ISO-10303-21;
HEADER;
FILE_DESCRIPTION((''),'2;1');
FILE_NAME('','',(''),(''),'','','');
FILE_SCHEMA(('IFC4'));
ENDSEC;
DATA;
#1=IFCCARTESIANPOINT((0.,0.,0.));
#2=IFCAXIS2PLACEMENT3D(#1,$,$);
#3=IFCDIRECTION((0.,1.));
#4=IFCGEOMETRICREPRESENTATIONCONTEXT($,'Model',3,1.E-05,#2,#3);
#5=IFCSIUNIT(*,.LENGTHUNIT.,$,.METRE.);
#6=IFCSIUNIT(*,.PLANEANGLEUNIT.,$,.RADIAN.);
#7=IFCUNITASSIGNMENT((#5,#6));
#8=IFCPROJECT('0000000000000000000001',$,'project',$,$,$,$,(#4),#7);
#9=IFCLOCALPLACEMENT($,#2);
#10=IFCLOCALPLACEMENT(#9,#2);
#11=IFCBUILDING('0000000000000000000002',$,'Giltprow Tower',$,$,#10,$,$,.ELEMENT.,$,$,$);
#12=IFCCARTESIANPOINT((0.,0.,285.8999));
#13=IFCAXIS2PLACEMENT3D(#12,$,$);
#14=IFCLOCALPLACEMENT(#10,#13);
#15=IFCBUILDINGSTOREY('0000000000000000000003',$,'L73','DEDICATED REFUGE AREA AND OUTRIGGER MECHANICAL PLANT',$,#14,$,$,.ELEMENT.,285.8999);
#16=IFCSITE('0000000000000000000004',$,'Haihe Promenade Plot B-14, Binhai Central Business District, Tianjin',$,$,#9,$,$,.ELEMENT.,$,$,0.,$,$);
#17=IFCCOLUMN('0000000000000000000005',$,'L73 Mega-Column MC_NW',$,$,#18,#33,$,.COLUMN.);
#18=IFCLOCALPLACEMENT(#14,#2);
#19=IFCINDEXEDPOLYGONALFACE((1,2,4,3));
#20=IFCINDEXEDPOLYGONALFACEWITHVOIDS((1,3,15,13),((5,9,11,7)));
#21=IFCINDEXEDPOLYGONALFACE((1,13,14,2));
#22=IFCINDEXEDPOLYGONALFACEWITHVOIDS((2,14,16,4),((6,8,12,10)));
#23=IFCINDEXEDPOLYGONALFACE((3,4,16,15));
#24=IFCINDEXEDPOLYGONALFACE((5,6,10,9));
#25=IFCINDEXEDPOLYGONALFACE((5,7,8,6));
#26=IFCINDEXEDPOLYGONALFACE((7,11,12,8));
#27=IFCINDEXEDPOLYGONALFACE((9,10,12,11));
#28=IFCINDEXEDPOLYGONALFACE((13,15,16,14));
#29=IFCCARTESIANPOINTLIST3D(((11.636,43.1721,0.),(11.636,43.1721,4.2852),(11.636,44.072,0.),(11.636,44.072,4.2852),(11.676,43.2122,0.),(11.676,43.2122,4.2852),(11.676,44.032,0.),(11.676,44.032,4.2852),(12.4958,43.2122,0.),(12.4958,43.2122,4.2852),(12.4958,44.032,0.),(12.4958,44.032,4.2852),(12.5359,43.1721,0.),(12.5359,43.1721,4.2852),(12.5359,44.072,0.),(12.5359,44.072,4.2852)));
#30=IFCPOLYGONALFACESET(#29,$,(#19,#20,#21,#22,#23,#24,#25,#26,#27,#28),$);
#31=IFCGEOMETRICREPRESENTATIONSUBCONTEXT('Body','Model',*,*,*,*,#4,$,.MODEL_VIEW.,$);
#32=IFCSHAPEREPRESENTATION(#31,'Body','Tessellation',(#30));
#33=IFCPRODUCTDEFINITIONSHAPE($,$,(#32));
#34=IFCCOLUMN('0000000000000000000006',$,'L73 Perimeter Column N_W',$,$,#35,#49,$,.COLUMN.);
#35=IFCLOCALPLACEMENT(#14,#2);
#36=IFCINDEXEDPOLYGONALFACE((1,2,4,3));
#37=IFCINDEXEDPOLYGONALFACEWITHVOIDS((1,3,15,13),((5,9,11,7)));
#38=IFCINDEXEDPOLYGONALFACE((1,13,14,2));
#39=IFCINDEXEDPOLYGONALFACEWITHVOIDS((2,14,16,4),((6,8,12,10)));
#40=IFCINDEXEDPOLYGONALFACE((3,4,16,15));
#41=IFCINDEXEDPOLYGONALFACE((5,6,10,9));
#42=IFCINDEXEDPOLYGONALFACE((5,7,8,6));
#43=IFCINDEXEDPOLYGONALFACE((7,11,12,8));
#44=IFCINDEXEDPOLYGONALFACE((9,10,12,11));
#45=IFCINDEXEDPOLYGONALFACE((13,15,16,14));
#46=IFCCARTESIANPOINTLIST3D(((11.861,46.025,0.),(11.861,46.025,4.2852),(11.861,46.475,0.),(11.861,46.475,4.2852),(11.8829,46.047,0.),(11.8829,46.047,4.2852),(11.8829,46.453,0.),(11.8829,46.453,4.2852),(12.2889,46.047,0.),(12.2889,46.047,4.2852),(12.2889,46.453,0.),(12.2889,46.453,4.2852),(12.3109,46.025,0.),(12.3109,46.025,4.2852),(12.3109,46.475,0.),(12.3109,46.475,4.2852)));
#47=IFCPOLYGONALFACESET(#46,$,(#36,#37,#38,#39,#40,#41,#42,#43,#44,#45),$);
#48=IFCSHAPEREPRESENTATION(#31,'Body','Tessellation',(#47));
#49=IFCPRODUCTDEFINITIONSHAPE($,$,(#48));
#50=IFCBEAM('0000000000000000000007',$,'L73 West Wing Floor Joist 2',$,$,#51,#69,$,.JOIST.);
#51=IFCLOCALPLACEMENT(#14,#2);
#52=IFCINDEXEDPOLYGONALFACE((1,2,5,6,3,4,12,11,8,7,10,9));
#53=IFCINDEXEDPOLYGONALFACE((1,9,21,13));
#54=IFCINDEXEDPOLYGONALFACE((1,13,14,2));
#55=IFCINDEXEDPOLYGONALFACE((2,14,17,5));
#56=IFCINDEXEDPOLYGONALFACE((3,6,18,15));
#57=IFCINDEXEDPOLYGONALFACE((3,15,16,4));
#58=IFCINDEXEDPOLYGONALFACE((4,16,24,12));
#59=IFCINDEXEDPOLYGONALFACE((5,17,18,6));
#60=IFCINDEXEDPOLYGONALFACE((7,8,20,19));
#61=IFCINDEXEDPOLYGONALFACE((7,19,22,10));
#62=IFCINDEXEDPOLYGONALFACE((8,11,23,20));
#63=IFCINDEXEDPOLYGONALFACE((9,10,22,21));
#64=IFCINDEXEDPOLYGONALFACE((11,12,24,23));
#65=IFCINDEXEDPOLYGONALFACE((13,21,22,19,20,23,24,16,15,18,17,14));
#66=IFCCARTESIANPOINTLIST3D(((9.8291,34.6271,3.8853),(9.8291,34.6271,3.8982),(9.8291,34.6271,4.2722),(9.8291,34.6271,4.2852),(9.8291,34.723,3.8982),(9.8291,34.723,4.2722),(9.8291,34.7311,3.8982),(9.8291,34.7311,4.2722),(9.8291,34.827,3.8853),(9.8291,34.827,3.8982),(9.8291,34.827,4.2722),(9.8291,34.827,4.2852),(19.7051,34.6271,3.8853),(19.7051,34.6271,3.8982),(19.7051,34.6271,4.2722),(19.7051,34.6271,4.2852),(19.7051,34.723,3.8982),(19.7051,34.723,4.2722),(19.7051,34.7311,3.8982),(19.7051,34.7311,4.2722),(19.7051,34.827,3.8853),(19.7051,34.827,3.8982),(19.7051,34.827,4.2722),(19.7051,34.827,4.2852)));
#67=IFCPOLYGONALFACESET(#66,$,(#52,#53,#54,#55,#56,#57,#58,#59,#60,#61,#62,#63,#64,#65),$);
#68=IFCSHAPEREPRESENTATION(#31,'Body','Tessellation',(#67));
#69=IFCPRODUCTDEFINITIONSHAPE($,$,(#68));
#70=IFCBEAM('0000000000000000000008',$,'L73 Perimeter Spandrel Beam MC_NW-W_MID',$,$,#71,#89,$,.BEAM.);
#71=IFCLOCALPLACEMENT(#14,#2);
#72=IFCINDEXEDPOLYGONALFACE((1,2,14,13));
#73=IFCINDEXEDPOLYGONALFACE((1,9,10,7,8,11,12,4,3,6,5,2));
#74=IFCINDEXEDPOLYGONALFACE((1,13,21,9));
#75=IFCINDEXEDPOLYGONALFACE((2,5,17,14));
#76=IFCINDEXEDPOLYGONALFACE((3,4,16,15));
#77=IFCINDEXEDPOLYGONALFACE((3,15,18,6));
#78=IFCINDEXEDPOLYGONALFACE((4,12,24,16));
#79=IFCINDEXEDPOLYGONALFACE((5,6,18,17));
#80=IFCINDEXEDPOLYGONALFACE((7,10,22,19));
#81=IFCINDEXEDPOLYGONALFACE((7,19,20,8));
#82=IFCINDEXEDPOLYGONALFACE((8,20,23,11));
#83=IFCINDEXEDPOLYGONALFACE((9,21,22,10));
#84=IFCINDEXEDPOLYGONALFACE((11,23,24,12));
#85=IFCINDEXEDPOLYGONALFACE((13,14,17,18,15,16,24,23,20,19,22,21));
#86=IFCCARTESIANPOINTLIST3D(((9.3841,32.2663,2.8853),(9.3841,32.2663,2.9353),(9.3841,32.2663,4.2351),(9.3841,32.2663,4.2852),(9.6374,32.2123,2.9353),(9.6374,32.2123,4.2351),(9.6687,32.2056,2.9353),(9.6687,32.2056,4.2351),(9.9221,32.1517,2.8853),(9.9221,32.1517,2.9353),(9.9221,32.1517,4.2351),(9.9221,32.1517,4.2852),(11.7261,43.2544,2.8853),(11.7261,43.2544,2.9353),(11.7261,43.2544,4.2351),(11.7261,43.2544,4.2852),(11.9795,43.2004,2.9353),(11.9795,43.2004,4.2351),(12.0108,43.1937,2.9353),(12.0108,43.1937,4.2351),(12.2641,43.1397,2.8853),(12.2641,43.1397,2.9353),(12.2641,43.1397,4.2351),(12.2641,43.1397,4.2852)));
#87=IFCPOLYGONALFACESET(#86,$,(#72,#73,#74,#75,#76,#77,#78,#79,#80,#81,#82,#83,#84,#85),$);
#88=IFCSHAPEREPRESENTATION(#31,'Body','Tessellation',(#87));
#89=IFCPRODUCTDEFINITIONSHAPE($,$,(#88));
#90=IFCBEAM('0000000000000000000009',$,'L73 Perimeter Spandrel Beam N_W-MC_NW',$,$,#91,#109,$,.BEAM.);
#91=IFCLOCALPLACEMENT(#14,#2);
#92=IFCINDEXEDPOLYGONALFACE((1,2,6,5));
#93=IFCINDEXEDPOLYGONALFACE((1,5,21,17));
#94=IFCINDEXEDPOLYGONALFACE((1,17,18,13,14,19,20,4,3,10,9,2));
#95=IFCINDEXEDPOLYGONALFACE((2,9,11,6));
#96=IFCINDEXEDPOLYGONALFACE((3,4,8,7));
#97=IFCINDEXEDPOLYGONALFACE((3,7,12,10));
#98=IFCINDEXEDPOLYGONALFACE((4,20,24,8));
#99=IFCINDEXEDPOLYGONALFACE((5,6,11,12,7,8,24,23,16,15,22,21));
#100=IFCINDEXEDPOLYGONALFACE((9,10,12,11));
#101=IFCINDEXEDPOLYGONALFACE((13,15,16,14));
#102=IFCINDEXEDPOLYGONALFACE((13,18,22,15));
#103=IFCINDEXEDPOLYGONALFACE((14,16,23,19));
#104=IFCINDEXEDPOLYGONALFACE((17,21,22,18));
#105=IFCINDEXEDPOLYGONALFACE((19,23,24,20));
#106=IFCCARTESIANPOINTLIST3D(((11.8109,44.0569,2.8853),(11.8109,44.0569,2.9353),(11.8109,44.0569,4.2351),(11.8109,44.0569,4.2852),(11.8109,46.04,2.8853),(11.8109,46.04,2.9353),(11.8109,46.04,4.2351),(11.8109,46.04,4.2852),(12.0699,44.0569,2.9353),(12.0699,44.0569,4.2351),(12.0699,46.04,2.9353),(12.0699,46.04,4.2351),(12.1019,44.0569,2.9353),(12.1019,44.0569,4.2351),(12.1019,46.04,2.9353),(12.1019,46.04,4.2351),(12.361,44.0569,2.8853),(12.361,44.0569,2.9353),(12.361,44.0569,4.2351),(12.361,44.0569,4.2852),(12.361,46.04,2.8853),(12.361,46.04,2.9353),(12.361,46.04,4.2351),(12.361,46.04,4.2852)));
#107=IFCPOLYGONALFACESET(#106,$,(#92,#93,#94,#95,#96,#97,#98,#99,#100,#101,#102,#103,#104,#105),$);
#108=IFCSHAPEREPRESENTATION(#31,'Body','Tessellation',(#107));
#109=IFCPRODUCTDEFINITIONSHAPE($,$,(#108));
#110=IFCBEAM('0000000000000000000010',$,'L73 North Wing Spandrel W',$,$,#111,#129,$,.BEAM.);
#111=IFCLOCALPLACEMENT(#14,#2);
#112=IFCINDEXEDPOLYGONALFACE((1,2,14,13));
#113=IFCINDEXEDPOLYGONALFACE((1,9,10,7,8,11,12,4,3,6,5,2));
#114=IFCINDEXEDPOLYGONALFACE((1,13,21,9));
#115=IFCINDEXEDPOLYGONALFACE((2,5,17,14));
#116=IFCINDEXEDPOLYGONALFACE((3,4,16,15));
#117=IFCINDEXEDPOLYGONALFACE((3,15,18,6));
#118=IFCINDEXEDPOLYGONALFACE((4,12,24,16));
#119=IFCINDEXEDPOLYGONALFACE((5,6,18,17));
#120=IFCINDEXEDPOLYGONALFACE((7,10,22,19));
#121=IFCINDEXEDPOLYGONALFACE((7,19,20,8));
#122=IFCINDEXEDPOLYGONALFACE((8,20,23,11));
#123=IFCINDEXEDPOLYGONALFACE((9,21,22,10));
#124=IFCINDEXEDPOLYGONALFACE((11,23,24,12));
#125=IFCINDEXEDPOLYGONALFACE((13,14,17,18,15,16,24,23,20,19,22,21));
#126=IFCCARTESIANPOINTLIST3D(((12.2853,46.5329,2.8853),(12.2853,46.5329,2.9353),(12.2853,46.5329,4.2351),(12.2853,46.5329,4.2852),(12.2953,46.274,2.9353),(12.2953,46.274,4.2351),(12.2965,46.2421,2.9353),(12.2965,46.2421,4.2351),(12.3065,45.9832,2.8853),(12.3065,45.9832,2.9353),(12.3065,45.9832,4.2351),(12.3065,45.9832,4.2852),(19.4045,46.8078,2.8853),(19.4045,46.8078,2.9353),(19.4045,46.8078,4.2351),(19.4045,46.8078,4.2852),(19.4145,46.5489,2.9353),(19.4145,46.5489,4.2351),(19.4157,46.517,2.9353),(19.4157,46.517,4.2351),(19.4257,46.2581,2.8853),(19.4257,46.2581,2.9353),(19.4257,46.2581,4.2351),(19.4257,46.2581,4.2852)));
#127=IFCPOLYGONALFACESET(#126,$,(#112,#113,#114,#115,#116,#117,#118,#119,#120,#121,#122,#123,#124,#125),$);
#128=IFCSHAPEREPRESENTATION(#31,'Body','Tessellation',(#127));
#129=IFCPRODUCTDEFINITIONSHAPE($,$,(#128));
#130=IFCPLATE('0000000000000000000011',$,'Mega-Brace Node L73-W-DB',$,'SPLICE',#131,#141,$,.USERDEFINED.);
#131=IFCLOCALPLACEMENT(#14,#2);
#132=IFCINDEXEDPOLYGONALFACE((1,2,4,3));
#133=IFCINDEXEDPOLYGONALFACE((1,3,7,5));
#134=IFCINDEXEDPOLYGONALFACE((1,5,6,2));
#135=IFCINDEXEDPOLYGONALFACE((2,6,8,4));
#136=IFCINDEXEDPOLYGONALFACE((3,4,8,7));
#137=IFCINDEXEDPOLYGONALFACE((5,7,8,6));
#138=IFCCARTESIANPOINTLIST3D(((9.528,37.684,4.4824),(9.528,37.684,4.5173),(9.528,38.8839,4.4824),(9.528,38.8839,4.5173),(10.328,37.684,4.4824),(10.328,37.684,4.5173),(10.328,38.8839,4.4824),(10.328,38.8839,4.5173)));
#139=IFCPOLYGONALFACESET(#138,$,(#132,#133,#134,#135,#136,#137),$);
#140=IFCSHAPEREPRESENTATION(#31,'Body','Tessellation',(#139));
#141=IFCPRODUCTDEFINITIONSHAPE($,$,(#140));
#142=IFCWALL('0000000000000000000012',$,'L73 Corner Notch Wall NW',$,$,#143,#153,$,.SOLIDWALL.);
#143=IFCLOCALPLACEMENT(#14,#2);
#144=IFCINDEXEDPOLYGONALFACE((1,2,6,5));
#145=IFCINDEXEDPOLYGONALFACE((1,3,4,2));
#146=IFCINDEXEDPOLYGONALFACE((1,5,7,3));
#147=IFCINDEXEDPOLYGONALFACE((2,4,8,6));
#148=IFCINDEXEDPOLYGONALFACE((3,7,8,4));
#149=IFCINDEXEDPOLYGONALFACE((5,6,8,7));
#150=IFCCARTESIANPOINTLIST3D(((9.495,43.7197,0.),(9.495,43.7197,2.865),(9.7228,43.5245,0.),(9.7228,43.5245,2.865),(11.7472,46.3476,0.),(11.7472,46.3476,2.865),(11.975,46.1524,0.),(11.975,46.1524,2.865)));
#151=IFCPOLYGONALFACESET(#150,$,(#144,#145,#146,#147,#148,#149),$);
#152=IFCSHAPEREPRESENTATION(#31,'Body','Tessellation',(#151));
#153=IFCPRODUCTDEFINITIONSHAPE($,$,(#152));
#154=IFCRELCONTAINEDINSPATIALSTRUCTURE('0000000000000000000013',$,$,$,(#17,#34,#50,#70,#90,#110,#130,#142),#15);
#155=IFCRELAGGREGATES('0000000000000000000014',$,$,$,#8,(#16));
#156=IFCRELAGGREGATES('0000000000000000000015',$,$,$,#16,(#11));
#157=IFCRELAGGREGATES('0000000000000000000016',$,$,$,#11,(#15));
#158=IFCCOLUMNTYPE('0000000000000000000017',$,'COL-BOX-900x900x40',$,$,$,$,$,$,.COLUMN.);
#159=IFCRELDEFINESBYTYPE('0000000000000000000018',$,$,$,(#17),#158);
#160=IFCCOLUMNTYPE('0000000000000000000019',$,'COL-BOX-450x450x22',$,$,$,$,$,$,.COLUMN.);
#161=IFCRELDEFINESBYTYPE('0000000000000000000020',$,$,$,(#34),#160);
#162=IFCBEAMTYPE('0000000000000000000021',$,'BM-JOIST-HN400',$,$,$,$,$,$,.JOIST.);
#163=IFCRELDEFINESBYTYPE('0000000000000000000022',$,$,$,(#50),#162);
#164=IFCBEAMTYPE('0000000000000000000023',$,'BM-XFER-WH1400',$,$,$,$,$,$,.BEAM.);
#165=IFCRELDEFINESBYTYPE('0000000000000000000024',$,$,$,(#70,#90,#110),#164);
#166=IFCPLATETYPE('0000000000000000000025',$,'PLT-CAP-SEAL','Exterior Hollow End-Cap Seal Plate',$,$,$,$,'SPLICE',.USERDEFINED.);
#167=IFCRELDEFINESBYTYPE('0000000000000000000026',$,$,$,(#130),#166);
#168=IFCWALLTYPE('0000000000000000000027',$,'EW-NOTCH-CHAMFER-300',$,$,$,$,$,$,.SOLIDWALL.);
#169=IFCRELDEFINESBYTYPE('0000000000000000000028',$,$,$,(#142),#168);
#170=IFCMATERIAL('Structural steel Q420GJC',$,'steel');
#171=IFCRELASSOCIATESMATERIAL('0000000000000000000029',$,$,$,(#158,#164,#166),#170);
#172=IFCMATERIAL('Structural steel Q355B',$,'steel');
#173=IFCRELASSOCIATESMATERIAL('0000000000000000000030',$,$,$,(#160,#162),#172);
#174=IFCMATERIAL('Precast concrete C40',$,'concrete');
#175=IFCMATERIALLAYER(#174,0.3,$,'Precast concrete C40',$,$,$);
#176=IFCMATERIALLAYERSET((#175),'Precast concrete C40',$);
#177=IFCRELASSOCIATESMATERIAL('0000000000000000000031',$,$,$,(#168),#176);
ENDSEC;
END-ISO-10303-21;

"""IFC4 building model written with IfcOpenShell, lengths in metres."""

from ifc_helpers import new_model, si_unit, direction, frame, frame_2d, origin, origin_2d, place, context, subcontext, project, spatial, rectangle, hollow_rectangle, i_section, extrude, source, transform, mapped, material, layer, layer_set, material_profile, profile_set, type_object, element, save


model = new_model("IFC4")

# Units and contexts
model_context = context("Model", 3, precision=1e-05, world=origin(), true_north=direction((0.0, 1.0)))
body_context = subcontext(model_context, "Body", "Model", "MODEL_VIEW")
ifc_project = project(units=[si_unit("LENGTHUNIT", "METRE"), si_unit("PLANEANGLEUNIT", "RADIAN")], contexts=[model_context])

# Site, building, storey
site_placement = place(None, origin())
site = spatial("IfcSite", under=ifc_project, at=site_placement, Name="Haihe Promenade Plot B-14, Binhai Central Business District, Tianjin", CompositionType="ELEMENT", RefElevation=0.0)
building_placement = place(site_placement, origin())
building = spatial("IfcBuilding", under=site, at=building_placement, Name="Giltprow Tower", CompositionType="ELEMENT")
storey_placement = place(building_placement, frame((0.0, 0.0, 285.8999)))
storey = spatial("IfcBuildingStorey", under=building, at=storey_placement, Name="L73", Description="DEDICATED REFUGE AREA AND OUTRIGGER MECHANICAL PLANT", CompositionType="ELEMENT", Elevation=285.8999)

# Columns
ifc_material_1 = material(Name="Structural steel Q420GJC", Category="steel")
ifc_material_profile_1 = material_profile(ifc_material_1, hollow_rectangle(XDim=0.8999, YDim=0.8999, WallThickness=0.04, at=origin_2d()), Name="BOX 900x900x40")
ifc_profile_set_1 = profile_set([ifc_material_profile_1], Name="Structural steel Q420GJC")
column_type_1 = type_object("IfcColumnType", Name="COL-BOX-900x900x40", PredefinedType="COLUMN", material=ifc_profile_set_1)
shared_shape_1 = source(origin(), body_context, "Body", "SweptSolid", [
    extrude(hollow_rectangle(XDim=0.8999, YDim=0.8999, WallThickness=0.04, at=origin_2d()), origin(), (0.0, 0.0, 1.0), 4.2852),
])
column_1_placement = place(storey_placement, frame((12.0859, 43.6221, 0.0), z_axis=(0.0, 0.0, 1.0), x_axis=(1.0, 0.0, 0.0)))
element("IfcColumn", 1, at=column_1_placement, inside=storey, type_object=column_type_1, Name="L73 Mega-Column MC_NW", PredefinedType="COLUMN", context=body_context, shape_type="MappedRepresentation", body=[
    mapped(shared_shape_1, transform((0.0, 0.0, 0.0), x_axis=(1.0, 0.0, 0.0), y_axis=(0.0, 1.0, 0.0), z_axis=(0.0, 0.0, 1.0), scale=1.0)),
])
ifc_material_2 = material(Name="Structural steel Q355B", Category="steel")
ifc_material_profile_2 = material_profile(ifc_material_2, hollow_rectangle(XDim=0.45, YDim=0.45, WallThickness=0.022, at=origin_2d()), Name="BOX 450x450x22")
ifc_profile_set_2 = profile_set([ifc_material_profile_2], Name="Structural steel Q355B")
column_type_2 = type_object("IfcColumnType", Name="COL-BOX-450x450x22", PredefinedType="COLUMN", material=ifc_profile_set_2)
shared_shape_2 = source(origin(), body_context, "Body", "SweptSolid", [
    extrude(hollow_rectangle(XDim=0.45, YDim=0.45, WallThickness=0.022, at=origin_2d()), origin(), (0.0, 0.0, 1.0), 4.2852),
])
column_2_placement = place(storey_placement, frame((12.0859, 46.25, 0.0), z_axis=(0.0, 0.0, 1.0), x_axis=(1.0, 0.0, 0.0)))
element("IfcColumn", 2, at=column_2_placement, inside=storey, type_object=column_type_2, Name="L73 Perimeter Column N_W", PredefinedType="COLUMN", context=body_context, shape_type="MappedRepresentation", body=[
    mapped(shared_shape_2, transform((0.0, 0.0, 0.0), x_axis=(1.0, 0.0, 0.0), y_axis=(0.0, 1.0, 0.0), z_axis=(0.0, 0.0, 1.0), scale=1.0)),
])

# Beams
ifc_material_profile_3 = material_profile(ifc_material_2, i_section(OverallWidth=0.2, OverallDepth=0.3999, WebThickness=0.0081, FlangeThickness=0.0129, at=origin_2d()), Name="HN 400x200x8x13")
ifc_profile_set_3 = profile_set([ifc_material_profile_3], Name="Structural steel Q355B")
beam_type_1 = type_object("IfcBeamType", Name="BM-JOIST-HN400", PredefinedType="JOIST", material=ifc_profile_set_3)
shared_shape_3 = source(origin(), body_context, "Body", "SweptSolid", [
    extrude(i_section(OverallWidth=0.2, OverallDepth=0.3999, WebThickness=0.0081, FlangeThickness=0.0129, at=origin_2d()), origin(), (0.0, 0.0, 1.0), 9.876),
])
beam_1_placement = place(storey_placement, frame((9.8291, 34.7271, 4.0852), z_axis=(1.0, 0.0, 0.0), x_axis=(0.0, 1.0, 0.0)))
element("IfcBeam", 3, at=beam_1_placement, inside=storey, type_object=beam_type_1, Name="L73 West Wing Floor Joist 2", PredefinedType="JOIST", context=body_context, shape_type="MappedRepresentation", body=[
    mapped(shared_shape_3, transform((0.0, 0.0, 0.0), x_axis=(1.0, 0.0, 0.0), y_axis=(0.0, 1.0, 0.0), z_axis=(0.0, 0.0, 1.0), scale=1.0)),
])
ifc_material_profile_4 = material_profile(ifc_material_1, i_section(OverallWidth=0.55, OverallDepth=1.3999, WebThickness=0.032, FlangeThickness=0.05, at=origin_2d()), Name="WH 1400x550x32x50")
ifc_profile_set_4 = profile_set([ifc_material_profile_4], Name="Structural steel Q420GJC")
beam_type_2 = type_object("IfcBeamType", Name="BM-XFER-WH1400", PredefinedType="BEAM", material=ifc_profile_set_4)
shared_shape_4 = source(origin(), body_context, "Body", "SweptSolid", [
    extrude(i_section(OverallWidth=0.55, OverallDepth=1.3999, WebThickness=0.032, FlangeThickness=0.05, at=origin_2d()), origin(), (0.0, 0.0, 1.0), 11.2349),
])
beam_2_placement = place(storey_placement, frame((11.9951, 43.197, 3.5852), z_axis=(-0.208462, -0.97803, 0.0), x_axis=(0.97803, -0.208462, 0.0)))
element("IfcBeam", 4, at=beam_2_placement, inside=storey, type_object=beam_type_2, Name="L73 Perimeter Spandrel Beam MC_NW-W_MID", PredefinedType="BEAM", context=body_context, shape_type="MappedRepresentation", body=[
    mapped(shared_shape_4, transform((0.0, 0.0, 0.0), x_axis=(1.0, 0.0, 0.0), y_axis=(0.0, 1.0, 0.0), z_axis=(0.0, 0.0, 1.0), scale=1.0)),
])
shared_shape_5 = source(origin(), body_context, "Body", "SweptSolid", [
    extrude(i_section(OverallWidth=0.55, OverallDepth=1.3999, WebThickness=0.032, FlangeThickness=0.05, at=origin_2d()), origin(), (0.0, 0.0, 1.0), 1.9832),
])
beam_3_placement = place(storey_placement, frame((12.0859, 46.04, 3.5852), z_axis=(0.0, -1.0, 0.0), x_axis=(1.0, 0.0, 0.0)))
element("IfcBeam", 5, at=beam_3_placement, inside=storey, type_object=beam_type_2, Name="L73 Perimeter Spandrel Beam N_W-MC_NW", PredefinedType="BEAM", context=body_context, shape_type="MappedRepresentation", body=[
    mapped(shared_shape_5, transform((0.0, 0.0, 0.0), x_axis=(1.0, 0.0, 0.0), y_axis=(0.0, 1.0, 0.0), z_axis=(0.0, 0.0, 1.0), scale=1.0)),
])
shared_shape_6 = source(origin(), body_context, "Body", "SweptSolid", [
    extrude(i_section(OverallWidth=0.55, OverallDepth=1.3999, WebThickness=0.032, FlangeThickness=0.05, at=origin_2d()), origin(), (0.0, 0.0, 1.0), 7.1245),
])
beam_4_placement = place(storey_placement, frame((12.2959, 46.2581, 3.5852), z_axis=(0.999255, 0.038586, 0.0), x_axis=(-0.038586, 0.999255, 0.0)))
element("IfcBeam", 6, at=beam_4_placement, inside=storey, type_object=beam_type_2, Name="L73 North Wing Spandrel W", PredefinedType="BEAM", context=body_context, shape_type="MappedRepresentation", body=[
    mapped(shared_shape_6, transform((0.0, 0.0, 0.0), x_axis=(1.0, 0.0, 0.0), y_axis=(0.0, 1.0, 0.0), z_axis=(0.0, 0.0, 1.0), scale=1.0)),
])

# Plate
plate_type = type_object("IfcPlateType", Name="PLT-CAP-SEAL", Description="Exterior Hollow End-Cap Seal Plate", ElementType="SPLICE", PredefinedType="USERDEFINED", material=ifc_material_1)
shared_shape_7 = source(origin(), body_context, "Body", "SweptSolid", [
    extrude(rectangle(XDim=1.2, YDim=0.8, at=origin_2d()), origin(), (0.0, 0.0, 1.0), 0.0349),
])
plate_placement = place(storey_placement, frame((9.928, 38.2839, 4.4824), z_axis=(0.0, 0.0, 1.0), x_axis=(0.0, 1.0, 0.0)))
element("IfcPlate", 7, at=plate_placement, inside=storey, type_object=plate_type, Name="Mega-Brace Node L73-W-DB", ObjectType="SPLICE", PredefinedType="USERDEFINED", context=body_context, shape_type="MappedRepresentation", body=[
    mapped(shared_shape_7, transform((0.0, 0.0, 0.0), x_axis=(1.0, 0.0, 0.0), y_axis=(0.0, 1.0, 0.0), z_axis=(0.0, 0.0, 1.0), scale=1.0)),
])

# Wall
ifc_material_3 = material(Name="Precast concrete C40", Category="concrete")
ifc_layer_1 = layer(ifc_material_3, 0.3, Name="Precast concrete C40")
ifc_layer_set_1 = layer_set([ifc_layer_1], Name="Precast concrete C40")
wall_type_1 = type_object("IfcWallType", Name="EW-NOTCH-CHAMFER-300", PredefinedType="SOLIDWALL", material=ifc_layer_set_1)
wall_1_placement = place(storey_placement, frame((11.8611, 46.25, 0.0), z_axis=(0.0, 0.0, 1.0), x_axis=(-0.650739, -0.759301, 0.0)))
element("IfcWall", 8, at=wall_1_placement, inside=storey, type_object=wall_type_1, Name="L73 Corner Notch Wall NW", PredefinedType="SOLIDWALL", context=body_context, shape_type="SweptSolid", body=[
    extrude(rectangle(XDim=3.4609, YDim=0.3, at=frame_2d((1.7305, 0.0))), origin(), (0.0, 0.0, 1.0), 2.865),
])

save(model, "model.ifc")
